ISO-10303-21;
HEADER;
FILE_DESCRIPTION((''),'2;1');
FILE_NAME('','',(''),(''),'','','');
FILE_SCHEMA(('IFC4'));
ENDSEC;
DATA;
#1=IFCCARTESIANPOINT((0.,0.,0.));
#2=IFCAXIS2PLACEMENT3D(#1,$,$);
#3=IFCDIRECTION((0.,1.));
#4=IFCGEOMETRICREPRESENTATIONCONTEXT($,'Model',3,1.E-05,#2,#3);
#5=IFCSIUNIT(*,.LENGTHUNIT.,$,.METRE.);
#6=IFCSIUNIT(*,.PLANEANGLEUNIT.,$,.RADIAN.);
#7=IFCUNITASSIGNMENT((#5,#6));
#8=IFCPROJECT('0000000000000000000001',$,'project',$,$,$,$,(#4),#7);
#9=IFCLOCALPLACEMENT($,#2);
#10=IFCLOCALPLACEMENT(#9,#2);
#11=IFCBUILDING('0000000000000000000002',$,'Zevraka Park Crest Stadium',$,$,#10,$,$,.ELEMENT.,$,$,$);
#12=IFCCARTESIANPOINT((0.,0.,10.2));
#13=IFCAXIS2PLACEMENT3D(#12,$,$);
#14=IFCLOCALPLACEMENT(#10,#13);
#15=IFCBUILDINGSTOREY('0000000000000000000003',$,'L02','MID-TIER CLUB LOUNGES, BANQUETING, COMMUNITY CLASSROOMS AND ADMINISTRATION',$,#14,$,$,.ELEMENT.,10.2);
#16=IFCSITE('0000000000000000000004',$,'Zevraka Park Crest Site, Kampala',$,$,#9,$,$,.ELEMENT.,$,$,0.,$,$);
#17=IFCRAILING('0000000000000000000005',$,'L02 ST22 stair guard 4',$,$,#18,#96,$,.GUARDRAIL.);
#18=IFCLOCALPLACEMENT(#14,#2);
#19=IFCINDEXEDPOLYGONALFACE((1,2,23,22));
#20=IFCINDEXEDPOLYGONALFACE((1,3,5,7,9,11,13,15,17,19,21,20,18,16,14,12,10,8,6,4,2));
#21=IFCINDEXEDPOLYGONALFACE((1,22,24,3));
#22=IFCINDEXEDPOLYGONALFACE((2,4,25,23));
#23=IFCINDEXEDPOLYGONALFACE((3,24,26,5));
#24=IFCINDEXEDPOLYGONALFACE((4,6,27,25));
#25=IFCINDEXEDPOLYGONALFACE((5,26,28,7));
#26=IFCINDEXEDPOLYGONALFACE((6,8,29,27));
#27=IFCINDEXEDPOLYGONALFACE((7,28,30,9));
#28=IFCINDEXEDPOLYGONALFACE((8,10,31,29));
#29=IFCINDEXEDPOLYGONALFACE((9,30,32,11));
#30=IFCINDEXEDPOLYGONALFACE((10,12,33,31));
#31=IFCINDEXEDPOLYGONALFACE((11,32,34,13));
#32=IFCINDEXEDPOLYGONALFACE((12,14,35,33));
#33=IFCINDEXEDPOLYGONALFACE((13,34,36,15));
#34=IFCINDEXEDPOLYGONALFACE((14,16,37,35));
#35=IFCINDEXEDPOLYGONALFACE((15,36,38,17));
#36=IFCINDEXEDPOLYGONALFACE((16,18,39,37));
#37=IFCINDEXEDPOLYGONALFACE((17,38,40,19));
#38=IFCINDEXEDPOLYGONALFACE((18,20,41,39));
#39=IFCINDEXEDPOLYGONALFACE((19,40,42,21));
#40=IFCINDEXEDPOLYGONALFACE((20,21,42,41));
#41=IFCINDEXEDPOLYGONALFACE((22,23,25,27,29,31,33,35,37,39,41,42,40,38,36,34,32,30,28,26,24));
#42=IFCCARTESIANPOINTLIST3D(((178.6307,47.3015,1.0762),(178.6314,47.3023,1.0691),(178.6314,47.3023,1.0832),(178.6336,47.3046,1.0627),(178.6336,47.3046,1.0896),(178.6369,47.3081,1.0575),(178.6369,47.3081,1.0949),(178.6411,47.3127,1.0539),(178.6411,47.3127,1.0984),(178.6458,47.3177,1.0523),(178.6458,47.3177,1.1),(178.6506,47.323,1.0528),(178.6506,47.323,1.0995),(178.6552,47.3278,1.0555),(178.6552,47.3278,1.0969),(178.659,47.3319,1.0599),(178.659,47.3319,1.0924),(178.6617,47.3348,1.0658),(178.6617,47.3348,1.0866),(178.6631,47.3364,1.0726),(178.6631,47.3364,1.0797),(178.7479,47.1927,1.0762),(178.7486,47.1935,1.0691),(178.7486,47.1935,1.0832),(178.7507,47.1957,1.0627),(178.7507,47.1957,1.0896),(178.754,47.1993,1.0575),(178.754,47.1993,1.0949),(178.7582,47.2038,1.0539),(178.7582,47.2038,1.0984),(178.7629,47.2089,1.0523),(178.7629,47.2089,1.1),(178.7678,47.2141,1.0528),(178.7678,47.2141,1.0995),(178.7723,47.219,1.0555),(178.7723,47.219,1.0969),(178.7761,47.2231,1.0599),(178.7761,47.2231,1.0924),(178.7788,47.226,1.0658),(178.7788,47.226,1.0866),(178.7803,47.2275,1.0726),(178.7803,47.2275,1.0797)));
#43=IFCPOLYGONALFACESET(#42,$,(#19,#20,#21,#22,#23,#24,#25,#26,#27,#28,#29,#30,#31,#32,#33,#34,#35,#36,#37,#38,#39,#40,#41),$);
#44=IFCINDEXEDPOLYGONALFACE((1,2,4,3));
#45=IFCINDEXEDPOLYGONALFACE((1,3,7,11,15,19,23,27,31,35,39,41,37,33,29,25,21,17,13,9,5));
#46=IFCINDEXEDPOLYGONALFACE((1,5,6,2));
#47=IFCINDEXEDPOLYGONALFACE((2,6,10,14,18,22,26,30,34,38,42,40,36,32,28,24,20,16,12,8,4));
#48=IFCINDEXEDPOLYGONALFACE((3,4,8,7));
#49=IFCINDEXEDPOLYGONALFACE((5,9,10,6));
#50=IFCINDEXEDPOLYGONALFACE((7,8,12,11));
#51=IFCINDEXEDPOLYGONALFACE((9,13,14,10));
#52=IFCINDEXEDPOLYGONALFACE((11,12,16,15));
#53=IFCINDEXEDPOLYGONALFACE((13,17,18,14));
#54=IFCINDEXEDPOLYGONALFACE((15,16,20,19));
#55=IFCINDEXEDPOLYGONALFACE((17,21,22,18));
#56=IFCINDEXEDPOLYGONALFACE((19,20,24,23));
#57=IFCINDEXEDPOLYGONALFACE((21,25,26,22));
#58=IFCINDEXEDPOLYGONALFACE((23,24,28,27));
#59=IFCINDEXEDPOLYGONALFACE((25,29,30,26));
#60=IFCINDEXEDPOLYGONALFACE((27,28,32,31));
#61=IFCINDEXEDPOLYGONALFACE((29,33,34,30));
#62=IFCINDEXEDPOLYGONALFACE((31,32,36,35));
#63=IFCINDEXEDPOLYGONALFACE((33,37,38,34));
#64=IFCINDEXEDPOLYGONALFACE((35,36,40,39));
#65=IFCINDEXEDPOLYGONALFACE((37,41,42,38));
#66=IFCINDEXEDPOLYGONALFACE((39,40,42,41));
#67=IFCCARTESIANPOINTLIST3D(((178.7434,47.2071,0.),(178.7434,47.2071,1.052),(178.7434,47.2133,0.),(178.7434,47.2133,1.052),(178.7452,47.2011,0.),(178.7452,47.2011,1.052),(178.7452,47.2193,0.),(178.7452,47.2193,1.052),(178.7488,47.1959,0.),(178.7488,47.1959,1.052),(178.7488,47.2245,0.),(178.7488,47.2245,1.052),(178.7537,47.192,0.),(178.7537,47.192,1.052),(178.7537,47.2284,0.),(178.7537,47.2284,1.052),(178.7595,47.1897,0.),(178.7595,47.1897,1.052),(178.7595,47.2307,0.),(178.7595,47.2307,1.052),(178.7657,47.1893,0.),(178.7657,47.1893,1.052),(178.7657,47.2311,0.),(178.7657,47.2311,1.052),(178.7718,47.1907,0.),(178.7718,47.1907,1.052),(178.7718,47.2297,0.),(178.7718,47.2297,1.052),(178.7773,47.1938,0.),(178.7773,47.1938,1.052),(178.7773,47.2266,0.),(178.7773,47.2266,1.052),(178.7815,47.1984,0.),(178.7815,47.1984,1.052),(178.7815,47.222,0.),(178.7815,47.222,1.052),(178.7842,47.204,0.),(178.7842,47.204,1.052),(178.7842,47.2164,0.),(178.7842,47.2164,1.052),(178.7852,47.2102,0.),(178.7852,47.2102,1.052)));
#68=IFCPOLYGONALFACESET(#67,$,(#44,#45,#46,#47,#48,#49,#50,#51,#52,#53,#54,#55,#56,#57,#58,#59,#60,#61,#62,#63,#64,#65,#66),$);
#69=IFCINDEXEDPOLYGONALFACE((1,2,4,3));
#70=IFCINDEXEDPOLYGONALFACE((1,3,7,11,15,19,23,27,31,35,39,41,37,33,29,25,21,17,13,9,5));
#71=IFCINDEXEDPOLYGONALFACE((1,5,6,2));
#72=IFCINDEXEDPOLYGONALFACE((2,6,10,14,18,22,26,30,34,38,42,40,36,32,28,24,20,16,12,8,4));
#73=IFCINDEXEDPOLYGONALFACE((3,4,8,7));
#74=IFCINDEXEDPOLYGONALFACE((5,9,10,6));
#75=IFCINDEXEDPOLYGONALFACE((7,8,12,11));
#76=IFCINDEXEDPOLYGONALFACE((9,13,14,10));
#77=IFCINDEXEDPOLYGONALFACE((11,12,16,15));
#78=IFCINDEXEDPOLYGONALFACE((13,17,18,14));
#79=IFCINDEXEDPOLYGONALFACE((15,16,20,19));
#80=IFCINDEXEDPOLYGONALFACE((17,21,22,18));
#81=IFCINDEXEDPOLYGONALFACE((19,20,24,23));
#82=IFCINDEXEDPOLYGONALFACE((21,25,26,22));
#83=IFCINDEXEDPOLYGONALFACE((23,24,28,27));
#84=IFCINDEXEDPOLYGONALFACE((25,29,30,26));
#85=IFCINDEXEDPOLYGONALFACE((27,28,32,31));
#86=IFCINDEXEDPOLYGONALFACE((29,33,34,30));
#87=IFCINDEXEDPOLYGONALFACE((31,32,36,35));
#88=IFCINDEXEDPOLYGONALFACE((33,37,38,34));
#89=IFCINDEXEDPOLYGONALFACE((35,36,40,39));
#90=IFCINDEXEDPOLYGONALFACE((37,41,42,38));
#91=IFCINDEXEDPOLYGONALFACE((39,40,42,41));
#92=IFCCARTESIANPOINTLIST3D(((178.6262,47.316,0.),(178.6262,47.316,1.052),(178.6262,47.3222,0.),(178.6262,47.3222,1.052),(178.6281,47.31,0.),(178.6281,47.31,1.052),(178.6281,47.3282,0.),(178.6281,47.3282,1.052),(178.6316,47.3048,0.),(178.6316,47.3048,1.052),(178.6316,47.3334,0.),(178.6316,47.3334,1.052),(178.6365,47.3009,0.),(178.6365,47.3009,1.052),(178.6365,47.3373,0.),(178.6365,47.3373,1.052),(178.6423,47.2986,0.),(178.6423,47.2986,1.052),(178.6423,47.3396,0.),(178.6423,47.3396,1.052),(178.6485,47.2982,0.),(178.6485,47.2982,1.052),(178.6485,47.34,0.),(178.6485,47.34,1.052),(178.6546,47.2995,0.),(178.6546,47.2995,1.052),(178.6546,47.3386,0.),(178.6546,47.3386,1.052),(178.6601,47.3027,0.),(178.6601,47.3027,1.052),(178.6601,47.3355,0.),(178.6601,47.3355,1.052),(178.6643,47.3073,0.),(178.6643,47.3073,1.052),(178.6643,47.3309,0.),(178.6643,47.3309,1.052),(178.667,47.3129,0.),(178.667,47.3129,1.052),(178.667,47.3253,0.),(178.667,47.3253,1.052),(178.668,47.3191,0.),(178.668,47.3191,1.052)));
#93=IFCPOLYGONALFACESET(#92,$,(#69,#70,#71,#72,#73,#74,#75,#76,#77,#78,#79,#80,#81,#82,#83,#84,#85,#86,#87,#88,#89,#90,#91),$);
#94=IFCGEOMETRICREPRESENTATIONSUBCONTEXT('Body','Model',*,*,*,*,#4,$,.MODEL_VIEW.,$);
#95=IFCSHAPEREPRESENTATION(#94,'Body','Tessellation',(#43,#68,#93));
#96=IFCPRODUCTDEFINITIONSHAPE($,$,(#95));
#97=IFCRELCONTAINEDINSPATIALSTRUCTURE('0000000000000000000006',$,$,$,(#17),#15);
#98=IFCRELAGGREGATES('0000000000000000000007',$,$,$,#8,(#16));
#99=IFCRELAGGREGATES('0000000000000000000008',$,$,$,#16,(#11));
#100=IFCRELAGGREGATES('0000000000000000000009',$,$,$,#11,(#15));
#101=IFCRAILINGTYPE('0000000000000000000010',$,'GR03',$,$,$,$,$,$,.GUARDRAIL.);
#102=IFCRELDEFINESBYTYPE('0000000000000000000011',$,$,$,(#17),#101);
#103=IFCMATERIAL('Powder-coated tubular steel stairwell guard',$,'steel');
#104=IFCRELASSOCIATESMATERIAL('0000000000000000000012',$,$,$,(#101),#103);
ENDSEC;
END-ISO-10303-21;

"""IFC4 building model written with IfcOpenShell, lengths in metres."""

from ifc_helpers import new_model, si_unit, direction, frame, origin, origin_2d, place, context, subcontext, project, spatial, circle, extrude, material, type_object, element, save


model = new_model("IFC4")

# Units and contexts
model_context = context("Model", 3, precision=1e-05, world=origin(), true_north=direction((0.0, 1.0)))
body_context = subcontext(model_context, "Body", "Model", "MODEL_VIEW")
ifc_project = project(units=[si_unit("LENGTHUNIT", "METRE"), si_unit("PLANEANGLEUNIT", "RADIAN")], contexts=[model_context])

# Site, building, storey
site_placement = place(None, origin())
site = spatial("IfcSite", under=ifc_project, at=site_placement, Name="Zevraka Park Crest Site, Kampala", CompositionType="ELEMENT", RefElevation=0.0)
building_placement = place(site_placement, origin())
building = spatial("IfcBuilding", under=site, at=building_placement, Name="Zevraka Park Crest Stadium", CompositionType="ELEMENT")
storey_placement = place(building_placement, frame((0.0, 0.0, 10.2)))
storey = spatial("IfcBuildingStorey", under=building, at=storey_placement, Name="L02", Description="MID-TIER CLUB LOUNGES, BANQUETING, COMMUNITY CLASSROOMS AND ADMINISTRATION", CompositionType="ELEMENT", Elevation=10.2)

# Railing
ifc_material_1 = material(Name="Powder-coated tubular steel stairwell guard", Category="steel")
railing_type_1 = type_object("IfcRailingType", Name="GR03", PredefinedType="GUARDRAIL", material=ifc_material_1)
railing_1_placement = place(storey_placement, frame((178.7642, 47.2102, 0.0)))
element("IfcRailing", 1, at=railing_1_placement, inside=storey, type_object=railing_type_1, Name="L02 ST22 stair guard 4", PredefinedType="GUARDRAIL", context=body_context, shape_type="SweptSolid", body=[
    extrude(circle(Radius=0.0239, at=origin_2d()), frame((0.0, 0.0, 1.0762), z_axis=(-0.732576, 0.680685, 0.0), x_axis=(-0.680685, -0.732576, 0.0)), (0.0, 0.0, 1.0), 0.1599),
    extrude(circle(Radius=0.021, at=origin_2d()), origin(), (0.0, 0.0, 1.0), 1.052),
    extrude(circle(Radius=0.021, at=origin_2d()), frame((-0.1172, 0.1089, 0.0)), (0.0, 0.0, 1.0), 1.052),
])

save(model, "model.ifc")
